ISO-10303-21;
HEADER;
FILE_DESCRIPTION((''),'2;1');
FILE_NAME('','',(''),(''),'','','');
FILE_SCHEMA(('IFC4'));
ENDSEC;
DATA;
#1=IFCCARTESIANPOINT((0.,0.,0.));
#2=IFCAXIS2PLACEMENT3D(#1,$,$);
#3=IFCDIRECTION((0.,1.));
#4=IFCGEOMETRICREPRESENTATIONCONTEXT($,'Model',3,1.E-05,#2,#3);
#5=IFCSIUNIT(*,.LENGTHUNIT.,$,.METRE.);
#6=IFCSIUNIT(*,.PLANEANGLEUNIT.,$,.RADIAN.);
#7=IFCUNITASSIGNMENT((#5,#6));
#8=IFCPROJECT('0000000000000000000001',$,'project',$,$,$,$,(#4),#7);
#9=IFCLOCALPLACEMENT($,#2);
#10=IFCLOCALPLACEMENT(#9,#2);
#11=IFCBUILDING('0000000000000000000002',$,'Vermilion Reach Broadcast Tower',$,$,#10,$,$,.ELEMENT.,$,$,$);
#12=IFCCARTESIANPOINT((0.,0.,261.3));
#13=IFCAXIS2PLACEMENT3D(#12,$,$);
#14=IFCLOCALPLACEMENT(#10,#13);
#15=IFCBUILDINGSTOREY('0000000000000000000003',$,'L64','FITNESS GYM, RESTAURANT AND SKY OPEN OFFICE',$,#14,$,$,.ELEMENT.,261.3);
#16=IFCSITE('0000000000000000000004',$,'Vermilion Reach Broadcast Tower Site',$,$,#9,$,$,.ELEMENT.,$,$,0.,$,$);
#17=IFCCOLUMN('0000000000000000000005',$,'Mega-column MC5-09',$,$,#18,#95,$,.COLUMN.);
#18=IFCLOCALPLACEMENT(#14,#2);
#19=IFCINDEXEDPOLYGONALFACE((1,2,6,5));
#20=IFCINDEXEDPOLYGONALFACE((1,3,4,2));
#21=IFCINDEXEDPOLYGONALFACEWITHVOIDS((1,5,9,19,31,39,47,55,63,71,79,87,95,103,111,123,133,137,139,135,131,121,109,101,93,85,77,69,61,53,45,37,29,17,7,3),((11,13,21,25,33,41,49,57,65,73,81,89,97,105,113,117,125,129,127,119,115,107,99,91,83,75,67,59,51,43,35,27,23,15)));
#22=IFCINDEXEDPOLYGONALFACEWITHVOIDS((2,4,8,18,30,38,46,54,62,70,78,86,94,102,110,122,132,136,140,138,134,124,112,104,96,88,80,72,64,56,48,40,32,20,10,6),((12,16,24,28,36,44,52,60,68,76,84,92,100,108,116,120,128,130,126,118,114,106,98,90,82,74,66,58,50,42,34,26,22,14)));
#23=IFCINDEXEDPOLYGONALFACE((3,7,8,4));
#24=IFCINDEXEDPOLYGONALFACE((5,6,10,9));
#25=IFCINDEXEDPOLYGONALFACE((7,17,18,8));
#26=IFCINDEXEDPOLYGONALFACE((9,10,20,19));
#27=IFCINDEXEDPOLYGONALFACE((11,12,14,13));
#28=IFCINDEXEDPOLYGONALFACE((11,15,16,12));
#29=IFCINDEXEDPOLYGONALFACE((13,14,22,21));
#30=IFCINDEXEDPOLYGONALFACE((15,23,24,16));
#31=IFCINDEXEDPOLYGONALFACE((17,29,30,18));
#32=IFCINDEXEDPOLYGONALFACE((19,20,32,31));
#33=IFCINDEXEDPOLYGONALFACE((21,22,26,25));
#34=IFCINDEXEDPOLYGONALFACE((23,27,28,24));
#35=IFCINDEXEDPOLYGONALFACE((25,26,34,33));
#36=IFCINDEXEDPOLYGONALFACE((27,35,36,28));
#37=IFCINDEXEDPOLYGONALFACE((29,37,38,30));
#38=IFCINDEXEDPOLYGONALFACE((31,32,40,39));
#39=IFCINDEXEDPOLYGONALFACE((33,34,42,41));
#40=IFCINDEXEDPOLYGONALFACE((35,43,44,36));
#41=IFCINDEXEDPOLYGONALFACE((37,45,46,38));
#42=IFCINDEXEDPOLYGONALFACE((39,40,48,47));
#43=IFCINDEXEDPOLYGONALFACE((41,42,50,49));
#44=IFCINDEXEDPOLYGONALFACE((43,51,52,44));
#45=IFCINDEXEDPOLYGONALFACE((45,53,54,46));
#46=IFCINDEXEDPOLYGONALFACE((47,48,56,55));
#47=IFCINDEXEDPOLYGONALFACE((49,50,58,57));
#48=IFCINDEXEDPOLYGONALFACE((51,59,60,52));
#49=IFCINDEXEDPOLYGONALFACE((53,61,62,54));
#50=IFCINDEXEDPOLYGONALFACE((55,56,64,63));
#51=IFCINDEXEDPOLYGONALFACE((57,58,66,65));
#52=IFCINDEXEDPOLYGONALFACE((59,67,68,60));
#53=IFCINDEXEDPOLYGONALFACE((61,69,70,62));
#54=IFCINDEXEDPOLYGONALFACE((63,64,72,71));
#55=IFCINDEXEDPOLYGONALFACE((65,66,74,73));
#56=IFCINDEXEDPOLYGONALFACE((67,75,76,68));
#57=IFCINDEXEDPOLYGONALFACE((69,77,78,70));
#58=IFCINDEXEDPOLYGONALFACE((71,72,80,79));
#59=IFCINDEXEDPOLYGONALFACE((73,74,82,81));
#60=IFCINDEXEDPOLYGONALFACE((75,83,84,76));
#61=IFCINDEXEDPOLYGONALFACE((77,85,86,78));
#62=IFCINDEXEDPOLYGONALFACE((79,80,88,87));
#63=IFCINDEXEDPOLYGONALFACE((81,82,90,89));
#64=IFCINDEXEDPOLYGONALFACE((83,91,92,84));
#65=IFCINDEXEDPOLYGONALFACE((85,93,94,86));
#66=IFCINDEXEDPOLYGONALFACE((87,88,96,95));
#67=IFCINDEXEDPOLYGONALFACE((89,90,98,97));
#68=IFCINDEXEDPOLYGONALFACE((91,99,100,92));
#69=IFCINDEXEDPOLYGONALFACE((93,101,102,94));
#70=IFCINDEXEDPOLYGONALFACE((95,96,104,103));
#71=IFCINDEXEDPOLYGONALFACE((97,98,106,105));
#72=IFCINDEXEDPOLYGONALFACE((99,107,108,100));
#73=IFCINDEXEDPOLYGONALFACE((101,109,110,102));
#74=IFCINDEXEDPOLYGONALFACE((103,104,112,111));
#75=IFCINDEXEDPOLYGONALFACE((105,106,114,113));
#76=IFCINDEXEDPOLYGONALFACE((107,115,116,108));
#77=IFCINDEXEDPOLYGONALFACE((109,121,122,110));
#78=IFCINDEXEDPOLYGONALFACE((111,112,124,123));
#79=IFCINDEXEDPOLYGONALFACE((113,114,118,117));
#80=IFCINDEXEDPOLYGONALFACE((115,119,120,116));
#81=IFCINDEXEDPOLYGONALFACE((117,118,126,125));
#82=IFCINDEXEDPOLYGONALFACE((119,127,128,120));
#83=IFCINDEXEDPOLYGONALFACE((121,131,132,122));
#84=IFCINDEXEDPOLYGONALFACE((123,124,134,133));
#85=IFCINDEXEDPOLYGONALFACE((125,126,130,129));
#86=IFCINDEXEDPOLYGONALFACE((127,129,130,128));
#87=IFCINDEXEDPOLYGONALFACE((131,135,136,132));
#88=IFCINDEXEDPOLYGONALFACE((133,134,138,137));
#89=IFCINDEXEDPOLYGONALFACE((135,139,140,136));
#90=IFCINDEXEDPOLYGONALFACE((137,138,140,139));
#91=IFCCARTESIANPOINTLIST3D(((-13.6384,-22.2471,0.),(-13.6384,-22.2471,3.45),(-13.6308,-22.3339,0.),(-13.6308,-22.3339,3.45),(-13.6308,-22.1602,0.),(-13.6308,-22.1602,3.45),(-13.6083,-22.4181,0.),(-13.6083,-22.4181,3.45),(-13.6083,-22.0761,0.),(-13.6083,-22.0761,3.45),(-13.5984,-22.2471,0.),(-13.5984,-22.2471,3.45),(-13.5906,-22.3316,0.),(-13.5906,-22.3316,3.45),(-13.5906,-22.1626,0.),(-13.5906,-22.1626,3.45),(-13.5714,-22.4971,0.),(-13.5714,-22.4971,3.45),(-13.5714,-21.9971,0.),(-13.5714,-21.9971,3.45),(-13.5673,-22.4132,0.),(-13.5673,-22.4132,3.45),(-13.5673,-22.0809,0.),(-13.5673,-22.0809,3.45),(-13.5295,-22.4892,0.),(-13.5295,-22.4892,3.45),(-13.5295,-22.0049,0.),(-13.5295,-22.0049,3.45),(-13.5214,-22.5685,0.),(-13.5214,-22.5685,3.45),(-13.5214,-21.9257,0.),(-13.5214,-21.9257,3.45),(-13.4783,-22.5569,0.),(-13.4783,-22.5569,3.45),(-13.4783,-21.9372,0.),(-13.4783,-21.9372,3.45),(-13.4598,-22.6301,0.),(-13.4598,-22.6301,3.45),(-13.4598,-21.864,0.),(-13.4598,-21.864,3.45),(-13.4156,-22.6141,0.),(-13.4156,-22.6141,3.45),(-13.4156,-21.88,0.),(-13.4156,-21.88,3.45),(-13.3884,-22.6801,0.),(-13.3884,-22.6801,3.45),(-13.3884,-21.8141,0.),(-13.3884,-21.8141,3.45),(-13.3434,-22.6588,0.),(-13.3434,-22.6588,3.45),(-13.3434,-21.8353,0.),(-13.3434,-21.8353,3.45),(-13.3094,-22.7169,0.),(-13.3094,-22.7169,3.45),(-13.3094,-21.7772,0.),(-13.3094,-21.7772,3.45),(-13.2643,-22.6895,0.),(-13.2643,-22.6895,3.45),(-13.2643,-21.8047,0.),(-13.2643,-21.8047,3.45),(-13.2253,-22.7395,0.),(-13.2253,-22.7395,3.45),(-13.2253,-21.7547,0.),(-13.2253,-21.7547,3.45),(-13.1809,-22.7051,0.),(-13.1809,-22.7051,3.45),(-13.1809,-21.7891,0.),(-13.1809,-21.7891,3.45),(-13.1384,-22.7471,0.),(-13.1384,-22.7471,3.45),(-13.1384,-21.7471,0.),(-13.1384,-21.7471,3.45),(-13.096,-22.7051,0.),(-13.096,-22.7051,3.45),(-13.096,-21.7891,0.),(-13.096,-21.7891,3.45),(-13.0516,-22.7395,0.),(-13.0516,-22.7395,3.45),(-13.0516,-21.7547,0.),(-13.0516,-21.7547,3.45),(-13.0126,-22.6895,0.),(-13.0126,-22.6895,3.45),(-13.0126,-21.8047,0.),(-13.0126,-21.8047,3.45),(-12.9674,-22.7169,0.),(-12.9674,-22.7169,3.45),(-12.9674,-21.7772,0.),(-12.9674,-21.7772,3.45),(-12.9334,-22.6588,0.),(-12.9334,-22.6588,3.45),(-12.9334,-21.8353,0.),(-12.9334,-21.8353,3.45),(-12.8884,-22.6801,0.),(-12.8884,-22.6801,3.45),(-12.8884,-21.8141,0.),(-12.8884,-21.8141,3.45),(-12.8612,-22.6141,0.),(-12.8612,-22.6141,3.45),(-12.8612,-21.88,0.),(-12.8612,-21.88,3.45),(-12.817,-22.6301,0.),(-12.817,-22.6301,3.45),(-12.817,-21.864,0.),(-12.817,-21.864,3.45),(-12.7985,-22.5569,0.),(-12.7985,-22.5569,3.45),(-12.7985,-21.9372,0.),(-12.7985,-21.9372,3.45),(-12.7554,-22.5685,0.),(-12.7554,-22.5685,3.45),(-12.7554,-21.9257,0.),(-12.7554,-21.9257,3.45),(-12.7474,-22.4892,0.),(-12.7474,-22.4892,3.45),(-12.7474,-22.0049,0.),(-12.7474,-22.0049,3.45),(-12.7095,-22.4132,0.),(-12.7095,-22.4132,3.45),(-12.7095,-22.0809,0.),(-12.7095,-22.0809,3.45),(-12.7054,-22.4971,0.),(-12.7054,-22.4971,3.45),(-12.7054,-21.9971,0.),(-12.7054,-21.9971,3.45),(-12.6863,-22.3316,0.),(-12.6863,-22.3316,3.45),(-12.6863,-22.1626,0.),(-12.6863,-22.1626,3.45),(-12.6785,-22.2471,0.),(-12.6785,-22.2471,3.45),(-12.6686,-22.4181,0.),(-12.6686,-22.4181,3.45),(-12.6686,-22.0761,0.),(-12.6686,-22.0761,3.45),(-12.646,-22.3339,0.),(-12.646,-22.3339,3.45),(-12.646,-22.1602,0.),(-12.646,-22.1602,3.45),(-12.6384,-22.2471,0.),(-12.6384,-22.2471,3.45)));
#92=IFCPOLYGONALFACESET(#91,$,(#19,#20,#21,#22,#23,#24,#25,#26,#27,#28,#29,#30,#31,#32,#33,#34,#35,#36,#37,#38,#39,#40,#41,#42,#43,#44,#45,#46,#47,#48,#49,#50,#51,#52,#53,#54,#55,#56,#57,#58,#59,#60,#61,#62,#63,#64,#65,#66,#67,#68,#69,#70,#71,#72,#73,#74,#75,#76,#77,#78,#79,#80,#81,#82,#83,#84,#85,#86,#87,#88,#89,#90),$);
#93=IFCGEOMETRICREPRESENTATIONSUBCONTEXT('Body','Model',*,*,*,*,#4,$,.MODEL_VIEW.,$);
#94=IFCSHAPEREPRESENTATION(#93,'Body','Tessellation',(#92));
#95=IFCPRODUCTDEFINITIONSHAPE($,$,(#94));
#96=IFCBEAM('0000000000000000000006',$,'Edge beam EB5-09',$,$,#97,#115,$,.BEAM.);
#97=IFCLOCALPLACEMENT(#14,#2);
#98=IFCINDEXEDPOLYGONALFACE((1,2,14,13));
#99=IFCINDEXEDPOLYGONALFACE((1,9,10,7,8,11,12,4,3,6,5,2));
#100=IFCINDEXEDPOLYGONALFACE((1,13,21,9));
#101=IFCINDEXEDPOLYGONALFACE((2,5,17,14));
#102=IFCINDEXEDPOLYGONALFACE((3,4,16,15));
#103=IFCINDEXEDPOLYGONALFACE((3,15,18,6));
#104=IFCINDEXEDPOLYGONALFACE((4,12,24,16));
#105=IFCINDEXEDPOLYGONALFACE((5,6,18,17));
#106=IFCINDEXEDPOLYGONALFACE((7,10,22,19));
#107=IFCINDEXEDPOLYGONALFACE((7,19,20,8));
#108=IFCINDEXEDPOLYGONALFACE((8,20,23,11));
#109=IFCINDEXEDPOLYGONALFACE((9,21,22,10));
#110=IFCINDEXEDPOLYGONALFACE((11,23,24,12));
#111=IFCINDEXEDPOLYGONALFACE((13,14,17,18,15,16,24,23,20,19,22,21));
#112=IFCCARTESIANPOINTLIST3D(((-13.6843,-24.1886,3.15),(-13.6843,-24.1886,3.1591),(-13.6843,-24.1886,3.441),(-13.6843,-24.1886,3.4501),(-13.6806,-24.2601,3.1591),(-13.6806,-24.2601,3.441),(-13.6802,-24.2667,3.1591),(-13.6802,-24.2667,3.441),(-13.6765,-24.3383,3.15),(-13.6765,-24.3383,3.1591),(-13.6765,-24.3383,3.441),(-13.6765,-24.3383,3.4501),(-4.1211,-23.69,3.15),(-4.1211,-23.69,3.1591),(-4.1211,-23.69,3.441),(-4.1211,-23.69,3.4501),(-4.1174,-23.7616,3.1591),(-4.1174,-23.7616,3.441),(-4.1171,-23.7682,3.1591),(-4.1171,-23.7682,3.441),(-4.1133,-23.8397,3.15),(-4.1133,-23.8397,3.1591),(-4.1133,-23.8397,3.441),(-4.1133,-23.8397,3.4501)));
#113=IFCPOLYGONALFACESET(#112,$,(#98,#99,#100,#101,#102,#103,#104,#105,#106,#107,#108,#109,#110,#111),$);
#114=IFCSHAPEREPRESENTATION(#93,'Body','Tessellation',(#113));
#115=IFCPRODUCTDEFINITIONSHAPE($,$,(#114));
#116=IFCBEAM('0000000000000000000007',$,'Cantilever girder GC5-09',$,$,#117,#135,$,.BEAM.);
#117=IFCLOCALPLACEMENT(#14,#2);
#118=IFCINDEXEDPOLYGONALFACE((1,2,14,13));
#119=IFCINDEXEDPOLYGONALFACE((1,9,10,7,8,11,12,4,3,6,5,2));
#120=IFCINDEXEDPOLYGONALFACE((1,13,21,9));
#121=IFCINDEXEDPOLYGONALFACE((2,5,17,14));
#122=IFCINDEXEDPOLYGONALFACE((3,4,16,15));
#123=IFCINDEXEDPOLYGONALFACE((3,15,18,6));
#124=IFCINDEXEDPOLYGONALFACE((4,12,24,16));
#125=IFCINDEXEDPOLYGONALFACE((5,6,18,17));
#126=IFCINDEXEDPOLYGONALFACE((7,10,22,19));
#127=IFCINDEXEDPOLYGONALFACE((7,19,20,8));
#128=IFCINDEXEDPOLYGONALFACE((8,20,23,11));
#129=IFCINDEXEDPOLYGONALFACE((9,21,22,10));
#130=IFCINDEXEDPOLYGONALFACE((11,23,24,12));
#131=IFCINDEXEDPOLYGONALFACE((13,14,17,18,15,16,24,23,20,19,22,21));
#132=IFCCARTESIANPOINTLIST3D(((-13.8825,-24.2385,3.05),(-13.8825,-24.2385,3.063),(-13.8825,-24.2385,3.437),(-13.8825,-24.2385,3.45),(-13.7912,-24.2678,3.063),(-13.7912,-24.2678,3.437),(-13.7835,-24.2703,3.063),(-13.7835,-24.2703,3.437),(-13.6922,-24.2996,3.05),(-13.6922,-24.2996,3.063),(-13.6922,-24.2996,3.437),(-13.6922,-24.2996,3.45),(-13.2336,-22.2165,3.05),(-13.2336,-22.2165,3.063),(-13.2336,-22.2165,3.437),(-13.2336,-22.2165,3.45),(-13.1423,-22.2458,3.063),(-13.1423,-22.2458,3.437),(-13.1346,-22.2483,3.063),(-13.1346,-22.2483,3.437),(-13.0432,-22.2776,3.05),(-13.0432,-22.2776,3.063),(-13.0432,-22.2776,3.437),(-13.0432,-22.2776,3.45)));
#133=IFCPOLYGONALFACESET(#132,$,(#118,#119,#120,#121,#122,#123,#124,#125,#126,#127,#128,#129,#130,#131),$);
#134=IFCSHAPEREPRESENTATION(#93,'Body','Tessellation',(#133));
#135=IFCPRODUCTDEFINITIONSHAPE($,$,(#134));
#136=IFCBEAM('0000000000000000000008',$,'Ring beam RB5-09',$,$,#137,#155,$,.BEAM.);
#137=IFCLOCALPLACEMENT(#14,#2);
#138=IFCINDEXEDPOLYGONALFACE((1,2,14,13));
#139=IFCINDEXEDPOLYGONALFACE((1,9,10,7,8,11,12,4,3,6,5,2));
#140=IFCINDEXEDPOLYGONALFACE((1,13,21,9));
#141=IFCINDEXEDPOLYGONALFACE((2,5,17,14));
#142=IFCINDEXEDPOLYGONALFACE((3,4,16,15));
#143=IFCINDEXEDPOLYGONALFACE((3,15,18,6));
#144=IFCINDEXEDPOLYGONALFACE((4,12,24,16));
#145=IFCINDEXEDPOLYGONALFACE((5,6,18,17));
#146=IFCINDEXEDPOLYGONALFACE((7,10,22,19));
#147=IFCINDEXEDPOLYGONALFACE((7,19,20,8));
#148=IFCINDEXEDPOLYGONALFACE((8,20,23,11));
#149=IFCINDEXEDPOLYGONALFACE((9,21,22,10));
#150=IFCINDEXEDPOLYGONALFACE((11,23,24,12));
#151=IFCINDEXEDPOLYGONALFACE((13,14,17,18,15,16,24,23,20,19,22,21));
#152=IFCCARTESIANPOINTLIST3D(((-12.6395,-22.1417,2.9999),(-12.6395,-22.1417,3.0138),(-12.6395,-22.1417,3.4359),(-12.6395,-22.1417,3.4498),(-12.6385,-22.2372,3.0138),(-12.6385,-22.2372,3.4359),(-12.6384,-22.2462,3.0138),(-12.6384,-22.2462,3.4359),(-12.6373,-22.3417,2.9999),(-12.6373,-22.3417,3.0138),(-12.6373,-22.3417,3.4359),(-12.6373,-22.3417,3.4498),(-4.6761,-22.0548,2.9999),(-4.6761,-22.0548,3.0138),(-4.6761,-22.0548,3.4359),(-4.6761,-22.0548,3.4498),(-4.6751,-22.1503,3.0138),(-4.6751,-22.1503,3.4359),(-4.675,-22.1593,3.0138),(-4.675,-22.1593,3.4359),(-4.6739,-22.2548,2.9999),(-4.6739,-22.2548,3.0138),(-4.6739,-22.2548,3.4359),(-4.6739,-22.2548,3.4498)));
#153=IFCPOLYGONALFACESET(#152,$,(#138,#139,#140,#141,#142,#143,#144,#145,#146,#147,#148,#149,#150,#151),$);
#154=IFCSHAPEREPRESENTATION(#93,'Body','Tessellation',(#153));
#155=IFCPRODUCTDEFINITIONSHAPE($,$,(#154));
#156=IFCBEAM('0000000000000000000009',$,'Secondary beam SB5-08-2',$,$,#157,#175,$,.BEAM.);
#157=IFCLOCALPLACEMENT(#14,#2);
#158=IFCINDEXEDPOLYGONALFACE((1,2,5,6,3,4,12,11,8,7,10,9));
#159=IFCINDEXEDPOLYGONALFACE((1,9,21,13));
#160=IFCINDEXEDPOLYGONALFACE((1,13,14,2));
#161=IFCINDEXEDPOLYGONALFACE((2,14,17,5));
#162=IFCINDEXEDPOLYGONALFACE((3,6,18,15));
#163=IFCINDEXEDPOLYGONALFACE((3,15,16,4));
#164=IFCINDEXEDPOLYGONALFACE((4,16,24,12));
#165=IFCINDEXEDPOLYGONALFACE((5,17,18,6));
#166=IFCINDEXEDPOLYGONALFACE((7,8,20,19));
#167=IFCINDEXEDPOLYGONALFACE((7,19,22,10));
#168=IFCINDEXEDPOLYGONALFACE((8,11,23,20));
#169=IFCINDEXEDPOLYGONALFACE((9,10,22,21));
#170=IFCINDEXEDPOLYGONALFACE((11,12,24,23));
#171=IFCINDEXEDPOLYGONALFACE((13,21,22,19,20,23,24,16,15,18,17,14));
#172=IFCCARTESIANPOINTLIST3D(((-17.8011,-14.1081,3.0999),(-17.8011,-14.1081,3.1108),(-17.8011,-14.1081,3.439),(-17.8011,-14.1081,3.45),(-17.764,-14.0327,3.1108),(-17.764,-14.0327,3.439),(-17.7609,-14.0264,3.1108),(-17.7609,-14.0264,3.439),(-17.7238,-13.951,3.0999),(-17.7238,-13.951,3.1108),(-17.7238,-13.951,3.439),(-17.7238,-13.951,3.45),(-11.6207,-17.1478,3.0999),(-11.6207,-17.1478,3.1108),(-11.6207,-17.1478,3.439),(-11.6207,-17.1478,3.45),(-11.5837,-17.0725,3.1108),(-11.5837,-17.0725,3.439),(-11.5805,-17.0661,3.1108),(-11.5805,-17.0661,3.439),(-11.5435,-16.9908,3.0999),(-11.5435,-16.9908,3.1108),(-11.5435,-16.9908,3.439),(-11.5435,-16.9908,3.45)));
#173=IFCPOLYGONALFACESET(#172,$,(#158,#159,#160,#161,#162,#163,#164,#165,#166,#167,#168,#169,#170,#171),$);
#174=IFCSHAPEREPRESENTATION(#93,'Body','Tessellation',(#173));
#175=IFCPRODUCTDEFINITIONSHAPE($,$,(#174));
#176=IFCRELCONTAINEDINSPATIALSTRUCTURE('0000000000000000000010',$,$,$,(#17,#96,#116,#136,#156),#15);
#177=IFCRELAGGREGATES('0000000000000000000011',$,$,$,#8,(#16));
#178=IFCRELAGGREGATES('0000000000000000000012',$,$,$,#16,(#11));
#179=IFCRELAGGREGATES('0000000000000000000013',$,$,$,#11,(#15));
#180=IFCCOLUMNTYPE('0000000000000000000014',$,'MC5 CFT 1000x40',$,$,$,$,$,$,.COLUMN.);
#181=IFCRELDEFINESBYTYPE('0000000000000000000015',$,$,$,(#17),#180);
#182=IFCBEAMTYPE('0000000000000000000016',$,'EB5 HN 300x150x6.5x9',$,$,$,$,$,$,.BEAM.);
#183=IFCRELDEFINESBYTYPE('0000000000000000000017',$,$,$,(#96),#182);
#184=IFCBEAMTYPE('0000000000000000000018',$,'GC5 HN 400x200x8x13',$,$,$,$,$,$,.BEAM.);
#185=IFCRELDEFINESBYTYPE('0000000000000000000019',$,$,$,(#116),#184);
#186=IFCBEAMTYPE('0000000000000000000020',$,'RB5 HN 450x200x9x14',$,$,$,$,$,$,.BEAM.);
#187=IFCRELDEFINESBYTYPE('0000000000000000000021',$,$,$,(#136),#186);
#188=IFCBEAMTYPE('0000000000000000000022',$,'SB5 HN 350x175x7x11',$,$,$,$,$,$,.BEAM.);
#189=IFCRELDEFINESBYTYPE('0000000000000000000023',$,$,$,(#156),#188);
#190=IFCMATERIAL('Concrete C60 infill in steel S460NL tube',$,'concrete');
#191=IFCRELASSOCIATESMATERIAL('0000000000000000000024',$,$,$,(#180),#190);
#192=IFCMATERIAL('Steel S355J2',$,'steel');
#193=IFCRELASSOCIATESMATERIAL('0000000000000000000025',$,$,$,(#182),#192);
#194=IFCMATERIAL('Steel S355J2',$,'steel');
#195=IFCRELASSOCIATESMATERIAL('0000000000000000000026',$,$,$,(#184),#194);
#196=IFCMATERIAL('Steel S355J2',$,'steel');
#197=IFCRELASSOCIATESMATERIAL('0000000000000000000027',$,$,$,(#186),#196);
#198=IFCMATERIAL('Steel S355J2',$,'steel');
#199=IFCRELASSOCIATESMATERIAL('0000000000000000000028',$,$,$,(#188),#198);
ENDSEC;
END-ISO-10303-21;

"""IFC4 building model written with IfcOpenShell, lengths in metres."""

from ifc_helpers import new_model, si_unit, direction, frame, origin, origin_2d, place, context, subcontext, project, spatial, hollow_circle, i_section, extrude, material, material_profile, profile_set, type_object, element, save


model = new_model("IFC4")

# Units and contexts
model_context = context("Model", 3, precision=1e-05, world=origin(), true_north=direction((0.0, 1.0)))
body_context = subcontext(model_context, "Body", "Model", "MODEL_VIEW")
ifc_project = project(units=[si_unit("LENGTHUNIT", "METRE"), si_unit("PLANEANGLEUNIT", "RADIAN")], contexts=[model_context])

# Site, building, storey
site_placement = place(None, origin())
site = spatial("IfcSite", under=ifc_project, at=site_placement, Name="Vermilion Reach Broadcast Tower Site", CompositionType="ELEMENT", RefElevation=0.0)
building_placement = place(site_placement, origin())
building = spatial("IfcBuilding", under=site, at=building_placement, Name="Vermilion Reach Broadcast Tower", CompositionType="ELEMENT")
storey_placement = place(building_placement, frame((0.0, 0.0, 261.3)))
storey = spatial("IfcBuildingStorey", under=building, at=storey_placement, Name="L64", Description="FITNESS GYM, RESTAURANT AND SKY OPEN OFFICE", CompositionType="ELEMENT", Elevation=261.3)

# Column
ifc_material_1 = material(Name="Concrete C60 infill in steel S460NL tube", Category="concrete")
ifc_material_profile_1 = material_profile(ifc_material_1, hollow_circle(Radius=0.5, WallThickness=0.04, at=origin_2d()), Name="Concrete C60 infill in steel S460NL tube CFT 1000x40")
ifc_profile_set_1 = profile_set([ifc_material_profile_1], Name="Concrete C60 infill in steel S460NL tube")
column_type = type_object("IfcColumnType", Name="MC5 CFT 1000x40", PredefinedType="COLUMN", material=ifc_profile_set_1)
column_placement = place(storey_placement, frame((-13.1384, -22.2471, 0.0), z_axis=(0.0, 0.0, 1.0), x_axis=(1.0, 0.0, 0.0)))
element("IfcColumn", 1, at=column_placement, inside=storey, type_object=column_type, Name="Mega-column MC5-09", PredefinedType="COLUMN", context=body_context, shape_type="SweptSolid", body=[
    extrude(hollow_circle(Radius=0.5, WallThickness=0.04, at=origin_2d()), origin(), (0.0, 0.0, 1.0), 3.45),
])

# Beams
ifc_material_2 = material(Name="Steel S355J2", Category="steel")
ifc_material_profile_2 = material_profile(ifc_material_2, i_section(OverallWidth=0.1499, OverallDepth=0.3, WebThickness=0.0066, FlangeThickness=0.009, at=origin_2d()), Name="S355J2 HN 300x150x6.5x9")
ifc_profile_set_2 = profile_set([ifc_material_profile_2], Name="Steel S355J2")
beam_type_1 = type_object("IfcBeamType", Name="EB5 HN 300x150x6.5x9", PredefinedType="BEAM", material=ifc_profile_set_2)
beam_1_placement = place(storey_placement, frame((-13.6804, -24.2634, 3.3), z_axis=(0.998644, 0.05206, 0.0), x_axis=(-0.05206, 0.998644, 0.0)))
element("IfcBeam", 2, at=beam_1_placement, inside=storey, type_object=beam_type_1, Name="Edge beam EB5-09", PredefinedType="BEAM", context=body_context, shape_type="SweptSolid", body=[
    extrude(i_section(OverallWidth=0.1499, OverallDepth=0.3, WebThickness=0.0066, FlangeThickness=0.009, at=origin_2d()), origin(), (0.0, 0.0, 1.0), 9.5762),
])
ifc_material_3 = material(Name="Steel S355J2", Category="steel")
ifc_material_profile_3 = material_profile(ifc_material_3, i_section(OverallWidth=0.2, OverallDepth=0.3999, WebThickness=0.0081, FlangeThickness=0.0129, at=origin_2d()), Name="S355J2 HN 400x200x8x13")
ifc_profile_set_3 = profile_set([ifc_material_profile_3], Name="Steel S355J2")
beam_type_2 = type_object("IfcBeamType", Name="GC5 HN 400x200x8x13", PredefinedType="BEAM", material=ifc_profile_set_3)
beam_2_placement = place(storey_placement, frame((-13.1384, -22.2471, 3.25), z_axis=(-0.305585, -0.952165, 0.0), x_axis=(0.952165, -0.305585, 0.0)))
element("IfcBeam", 3, at=beam_2_placement, inside=storey, type_object=beam_type_2, Name="Cantilever girder GC5-09", PredefinedType="BEAM", context=body_context, shape_type="SweptSolid", body=[
    extrude(i_section(OverallWidth=0.2, OverallDepth=0.3999, WebThickness=0.0081, FlangeThickness=0.0129, at=origin_2d()), origin(), (0.0, 0.0, 1.0), 2.1235),
])
ifc_material_4 = material(Name="Steel S355J2", Category="steel")
ifc_material_profile_4 = material_profile(ifc_material_4, i_section(OverallWidth=0.2, OverallDepth=0.45, WebThickness=0.009, FlangeThickness=0.0139, at=origin_2d()), Name="S355J2 HN 450x200x9x14")
ifc_profile_set_4 = profile_set([ifc_material_profile_4], Name="Steel S355J2")
beam_type_3 = type_object("IfcBeamType", Name="RB5 HN 450x200x9x14", PredefinedType="BEAM", material=ifc_profile_set_4)
beam_3_placement = place(storey_placement, frame((-12.6384, -22.2417, 3.2249), z_axis=(0.99994, 0.010914, 0.0), x_axis=(-0.010914, 0.99994, 0.0)))
element("IfcBeam", 4, at=beam_3_placement, inside=storey, type_object=beam_type_3, Name="Ring beam RB5-09", PredefinedType="BEAM", context=body_context, shape_type="SweptSolid", body=[
    extrude(i_section(OverallWidth=0.2, OverallDepth=0.45, WebThickness=0.009, FlangeThickness=0.0139, at=origin_2d()), origin(), (0.0, 0.0, 1.0), 7.9639),
])
ifc_material_5 = material(Name="Steel S355J2", Category="steel")
ifc_material_profile_5 = material_profile(ifc_material_5, i_section(OverallWidth=0.175, OverallDepth=0.3501, WebThickness=0.0071, FlangeThickness=0.011, at=origin_2d()), Name="S355J2 HN 350x175x7x11")
ifc_profile_set_5 = profile_set([ifc_material_profile_5], Name="Steel S355J2")
beam_type_4 = type_object("IfcBeamType", Name="SB5 HN 350x175x7x11", PredefinedType="BEAM", material=ifc_profile_set_5)
beam_4_placement = place(storey_placement, frame((-17.7625, -14.0295, 3.2749), z_axis=(0.897336, -0.441348, 0.0), x_axis=(0.441348, 0.897336, 0.0)))
element("IfcBeam", 5, at=beam_4_placement, inside=storey, type_object=beam_type_4, Name="Secondary beam SB5-08-2", PredefinedType="BEAM", context=body_context, shape_type="SweptSolid", body=[
    extrude(i_section(OverallWidth=0.175, OverallDepth=0.3501, WebThickness=0.0071, FlangeThickness=0.011, at=origin_2d()), origin(), (0.0, 0.0, 1.0), 6.8875),
])

save(model, "model.ifc")
